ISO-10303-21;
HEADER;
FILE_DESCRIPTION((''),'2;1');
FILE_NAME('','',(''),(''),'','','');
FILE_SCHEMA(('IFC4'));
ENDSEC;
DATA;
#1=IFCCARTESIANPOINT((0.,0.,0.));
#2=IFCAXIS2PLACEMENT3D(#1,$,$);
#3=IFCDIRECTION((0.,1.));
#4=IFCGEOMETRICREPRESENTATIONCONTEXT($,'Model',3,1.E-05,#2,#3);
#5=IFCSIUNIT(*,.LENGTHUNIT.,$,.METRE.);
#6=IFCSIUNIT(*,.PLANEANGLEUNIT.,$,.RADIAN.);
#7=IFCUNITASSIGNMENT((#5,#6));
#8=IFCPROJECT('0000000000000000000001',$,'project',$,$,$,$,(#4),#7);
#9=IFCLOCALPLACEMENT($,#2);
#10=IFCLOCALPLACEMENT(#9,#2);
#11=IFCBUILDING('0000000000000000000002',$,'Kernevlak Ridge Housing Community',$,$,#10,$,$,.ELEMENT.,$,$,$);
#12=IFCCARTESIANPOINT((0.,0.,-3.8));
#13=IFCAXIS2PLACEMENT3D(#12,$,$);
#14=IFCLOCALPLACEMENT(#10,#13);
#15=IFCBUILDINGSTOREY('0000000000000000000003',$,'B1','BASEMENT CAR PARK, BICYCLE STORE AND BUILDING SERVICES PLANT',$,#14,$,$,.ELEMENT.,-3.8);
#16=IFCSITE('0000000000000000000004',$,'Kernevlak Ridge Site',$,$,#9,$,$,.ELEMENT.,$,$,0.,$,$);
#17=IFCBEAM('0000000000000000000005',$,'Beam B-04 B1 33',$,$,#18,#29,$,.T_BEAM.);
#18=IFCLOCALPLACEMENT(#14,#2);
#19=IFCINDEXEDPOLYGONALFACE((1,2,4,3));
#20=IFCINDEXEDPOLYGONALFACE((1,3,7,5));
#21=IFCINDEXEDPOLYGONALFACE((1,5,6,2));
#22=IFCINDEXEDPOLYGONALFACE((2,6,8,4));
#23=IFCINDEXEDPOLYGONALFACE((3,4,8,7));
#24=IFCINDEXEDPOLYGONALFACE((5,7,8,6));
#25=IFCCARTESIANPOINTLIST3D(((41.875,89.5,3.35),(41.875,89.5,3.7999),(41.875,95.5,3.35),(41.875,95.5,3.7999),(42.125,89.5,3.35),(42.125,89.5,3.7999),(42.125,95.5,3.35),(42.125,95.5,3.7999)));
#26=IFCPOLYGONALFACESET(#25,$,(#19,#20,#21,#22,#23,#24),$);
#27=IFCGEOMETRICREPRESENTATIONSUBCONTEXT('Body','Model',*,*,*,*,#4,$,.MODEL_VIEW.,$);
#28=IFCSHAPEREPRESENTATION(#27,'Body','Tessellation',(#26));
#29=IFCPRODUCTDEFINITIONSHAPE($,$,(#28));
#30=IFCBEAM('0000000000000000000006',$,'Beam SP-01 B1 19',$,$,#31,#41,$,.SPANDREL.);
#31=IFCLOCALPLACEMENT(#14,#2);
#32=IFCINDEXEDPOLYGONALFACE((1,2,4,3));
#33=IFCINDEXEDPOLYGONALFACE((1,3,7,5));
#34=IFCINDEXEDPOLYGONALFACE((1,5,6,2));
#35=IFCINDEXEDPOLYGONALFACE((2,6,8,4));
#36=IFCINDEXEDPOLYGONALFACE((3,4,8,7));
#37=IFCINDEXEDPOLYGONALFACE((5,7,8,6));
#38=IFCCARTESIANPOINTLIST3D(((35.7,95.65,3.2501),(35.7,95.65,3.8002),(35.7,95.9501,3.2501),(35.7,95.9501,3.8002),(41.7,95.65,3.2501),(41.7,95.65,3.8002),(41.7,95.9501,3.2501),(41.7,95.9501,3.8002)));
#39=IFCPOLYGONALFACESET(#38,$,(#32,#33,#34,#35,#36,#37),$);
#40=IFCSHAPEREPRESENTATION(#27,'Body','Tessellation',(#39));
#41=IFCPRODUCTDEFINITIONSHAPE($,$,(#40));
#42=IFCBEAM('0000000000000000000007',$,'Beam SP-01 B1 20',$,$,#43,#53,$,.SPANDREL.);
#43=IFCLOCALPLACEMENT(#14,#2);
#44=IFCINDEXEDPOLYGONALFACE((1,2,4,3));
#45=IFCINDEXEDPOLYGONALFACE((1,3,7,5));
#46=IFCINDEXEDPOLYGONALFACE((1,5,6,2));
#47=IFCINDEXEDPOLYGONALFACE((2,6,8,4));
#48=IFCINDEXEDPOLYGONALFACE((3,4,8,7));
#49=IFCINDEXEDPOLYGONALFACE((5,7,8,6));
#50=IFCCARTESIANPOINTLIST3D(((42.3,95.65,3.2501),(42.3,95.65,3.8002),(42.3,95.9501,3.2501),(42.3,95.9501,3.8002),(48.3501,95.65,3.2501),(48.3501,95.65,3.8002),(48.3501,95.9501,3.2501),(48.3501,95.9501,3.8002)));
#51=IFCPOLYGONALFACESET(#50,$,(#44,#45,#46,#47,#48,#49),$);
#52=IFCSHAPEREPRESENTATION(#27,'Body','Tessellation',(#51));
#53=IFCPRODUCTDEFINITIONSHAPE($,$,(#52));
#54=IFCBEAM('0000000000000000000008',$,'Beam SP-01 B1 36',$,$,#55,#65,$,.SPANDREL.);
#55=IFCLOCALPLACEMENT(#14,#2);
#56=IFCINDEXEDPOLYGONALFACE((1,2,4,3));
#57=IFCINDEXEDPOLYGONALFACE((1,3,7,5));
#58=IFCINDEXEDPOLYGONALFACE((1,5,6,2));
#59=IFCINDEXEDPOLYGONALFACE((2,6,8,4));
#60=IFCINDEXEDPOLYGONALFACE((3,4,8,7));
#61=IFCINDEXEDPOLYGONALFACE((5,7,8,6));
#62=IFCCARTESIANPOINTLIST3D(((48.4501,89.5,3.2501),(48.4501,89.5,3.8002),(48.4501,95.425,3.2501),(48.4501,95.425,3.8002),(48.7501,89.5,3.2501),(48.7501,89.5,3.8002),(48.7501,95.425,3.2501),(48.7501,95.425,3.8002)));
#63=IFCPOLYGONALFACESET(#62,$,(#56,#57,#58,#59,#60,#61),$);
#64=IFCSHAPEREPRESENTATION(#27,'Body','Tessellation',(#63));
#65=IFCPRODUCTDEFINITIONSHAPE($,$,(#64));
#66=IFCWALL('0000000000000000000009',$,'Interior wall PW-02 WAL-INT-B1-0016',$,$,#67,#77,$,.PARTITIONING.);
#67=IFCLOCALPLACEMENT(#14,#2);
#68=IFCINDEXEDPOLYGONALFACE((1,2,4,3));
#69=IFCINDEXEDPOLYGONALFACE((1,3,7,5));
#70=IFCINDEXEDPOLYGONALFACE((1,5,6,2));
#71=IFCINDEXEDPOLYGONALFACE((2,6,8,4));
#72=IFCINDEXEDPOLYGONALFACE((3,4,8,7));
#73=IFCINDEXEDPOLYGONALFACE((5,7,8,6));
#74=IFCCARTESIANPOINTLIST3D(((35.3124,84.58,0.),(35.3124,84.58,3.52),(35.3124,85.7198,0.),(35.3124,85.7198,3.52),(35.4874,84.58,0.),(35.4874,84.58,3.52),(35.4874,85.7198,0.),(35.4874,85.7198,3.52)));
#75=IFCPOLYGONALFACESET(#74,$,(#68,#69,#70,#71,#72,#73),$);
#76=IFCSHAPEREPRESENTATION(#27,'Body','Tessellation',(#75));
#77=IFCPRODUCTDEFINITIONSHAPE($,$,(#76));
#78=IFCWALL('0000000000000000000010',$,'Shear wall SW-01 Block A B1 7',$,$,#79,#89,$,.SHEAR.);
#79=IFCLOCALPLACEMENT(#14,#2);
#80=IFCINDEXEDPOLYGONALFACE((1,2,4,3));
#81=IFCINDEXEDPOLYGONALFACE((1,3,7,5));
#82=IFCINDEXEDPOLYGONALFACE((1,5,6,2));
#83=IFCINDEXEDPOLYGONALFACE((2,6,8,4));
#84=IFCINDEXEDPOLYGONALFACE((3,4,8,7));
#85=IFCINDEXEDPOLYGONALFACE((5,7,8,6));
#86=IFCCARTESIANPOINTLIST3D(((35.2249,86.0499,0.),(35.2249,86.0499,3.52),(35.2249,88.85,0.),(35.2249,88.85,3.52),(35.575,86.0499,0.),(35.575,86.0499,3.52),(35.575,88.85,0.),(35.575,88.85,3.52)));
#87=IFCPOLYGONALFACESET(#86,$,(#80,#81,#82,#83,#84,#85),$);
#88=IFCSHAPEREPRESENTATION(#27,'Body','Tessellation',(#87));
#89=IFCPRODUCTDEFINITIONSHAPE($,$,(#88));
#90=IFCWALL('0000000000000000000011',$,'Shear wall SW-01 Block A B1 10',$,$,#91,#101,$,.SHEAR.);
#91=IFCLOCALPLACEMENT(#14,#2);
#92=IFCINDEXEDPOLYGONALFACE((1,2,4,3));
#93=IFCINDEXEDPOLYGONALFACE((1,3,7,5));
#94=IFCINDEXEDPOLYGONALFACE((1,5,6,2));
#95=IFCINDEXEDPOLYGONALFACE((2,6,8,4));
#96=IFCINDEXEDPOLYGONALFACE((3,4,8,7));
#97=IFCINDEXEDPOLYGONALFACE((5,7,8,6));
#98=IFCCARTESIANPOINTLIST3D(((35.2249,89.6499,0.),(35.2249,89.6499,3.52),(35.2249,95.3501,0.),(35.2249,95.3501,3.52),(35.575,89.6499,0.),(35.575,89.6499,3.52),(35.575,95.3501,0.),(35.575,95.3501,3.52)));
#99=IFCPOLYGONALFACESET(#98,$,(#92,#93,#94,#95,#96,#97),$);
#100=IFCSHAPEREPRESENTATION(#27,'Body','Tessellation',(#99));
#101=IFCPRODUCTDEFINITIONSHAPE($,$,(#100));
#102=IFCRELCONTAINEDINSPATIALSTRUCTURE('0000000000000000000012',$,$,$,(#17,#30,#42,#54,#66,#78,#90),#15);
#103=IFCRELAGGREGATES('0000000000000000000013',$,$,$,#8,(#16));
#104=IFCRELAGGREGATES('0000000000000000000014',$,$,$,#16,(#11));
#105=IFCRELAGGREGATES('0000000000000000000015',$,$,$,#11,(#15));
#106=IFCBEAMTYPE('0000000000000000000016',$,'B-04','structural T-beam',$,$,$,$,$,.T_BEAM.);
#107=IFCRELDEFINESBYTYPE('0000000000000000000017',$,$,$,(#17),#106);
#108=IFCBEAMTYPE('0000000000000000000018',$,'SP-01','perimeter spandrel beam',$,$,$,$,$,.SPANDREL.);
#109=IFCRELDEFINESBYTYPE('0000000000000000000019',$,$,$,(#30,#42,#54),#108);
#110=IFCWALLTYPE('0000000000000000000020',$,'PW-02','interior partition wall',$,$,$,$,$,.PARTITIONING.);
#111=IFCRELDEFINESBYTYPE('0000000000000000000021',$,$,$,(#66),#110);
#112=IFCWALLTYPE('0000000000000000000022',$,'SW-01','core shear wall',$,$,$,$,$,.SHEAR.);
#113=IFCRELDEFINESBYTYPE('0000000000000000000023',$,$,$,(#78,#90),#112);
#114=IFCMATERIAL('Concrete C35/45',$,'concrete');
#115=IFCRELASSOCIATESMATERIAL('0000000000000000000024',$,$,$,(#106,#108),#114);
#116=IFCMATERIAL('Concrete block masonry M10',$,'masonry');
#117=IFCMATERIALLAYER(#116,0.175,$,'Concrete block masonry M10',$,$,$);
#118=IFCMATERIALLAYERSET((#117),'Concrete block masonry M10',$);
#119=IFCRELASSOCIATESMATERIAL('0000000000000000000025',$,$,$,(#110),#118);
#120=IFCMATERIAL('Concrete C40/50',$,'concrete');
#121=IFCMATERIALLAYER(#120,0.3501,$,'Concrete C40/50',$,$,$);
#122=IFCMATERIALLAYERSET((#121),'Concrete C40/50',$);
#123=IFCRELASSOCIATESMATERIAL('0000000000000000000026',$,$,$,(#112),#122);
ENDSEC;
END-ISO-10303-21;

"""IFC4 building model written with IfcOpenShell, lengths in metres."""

from ifc_helpers import new_model, si_unit, direction, frame, frame_2d, origin, origin_2d, place, context, subcontext, project, spatial, rectangle, extrude, material, layer, layer_set, material_profile, profile_set, type_object, element, save


model = new_model("IFC4")

# Units and contexts
model_context = context("Model", 3, precision=1e-05, world=origin(), true_north=direction((0.0, 1.0)))
body_context = subcontext(model_context, "Body", "Model", "MODEL_VIEW")
ifc_project = project(units=[si_unit("LENGTHUNIT", "METRE"), si_unit("PLANEANGLEUNIT", "RADIAN")], contexts=[model_context])

# Site, building, storey
site_placement = place(None, origin())
site = spatial("IfcSite", under=ifc_project, at=site_placement, Name="Kernevlak Ridge Site", CompositionType="ELEMENT", RefElevation=0.0)
building_placement = place(site_placement, origin())
building = spatial("IfcBuilding", under=site, at=building_placement, Name="Kernevlak Ridge Housing Community", CompositionType="ELEMENT")
storey_placement = place(building_placement, frame((0.0, 0.0, -3.8)))
storey = spatial("IfcBuildingStorey", under=building, at=storey_placement, Name="B1", Description="BASEMENT CAR PARK, BICYCLE STORE AND BUILDING SERVICES PLANT", CompositionType="ELEMENT", Elevation=-3.8)

# Shared definitions
ifc_material_1 = material(Name="Concrete C35/45", Category="concrete")

# Shared definitions
ifc_material_2 = material(Name="Concrete C40/50", Category="concrete")

# Beams
ifc_material_profile_1 = material_profile(ifc_material_1, rectangle(XDim=0.25, YDim=0.45, at=origin_2d()), Name="RC 250x450")
ifc_profile_set_1 = profile_set([ifc_material_profile_1], Name="Concrete C35/45")
beam_type_1 = type_object("IfcBeamType", Name="B-04", Description="structural T-beam", PredefinedType="T_BEAM", material=ifc_profile_set_1)
for number, where, z_axis, x_axis, name in (
    (1, (42.0, 89.5, 3.575), (0.0, 1.0, 0.0), (-1.0, 0.0, 0.0), "Beam B-04 B1 33"),
):
    element("IfcBeam", number, at=place(storey_placement, frame(where, z_axis=z_axis, x_axis=x_axis)), inside=storey, type_object=beam_type_1, Name=name, PredefinedType="T_BEAM", context=body_context, shape_type="SweptSolid", body=[
        extrude(rectangle(XDim=0.25, YDim=0.45, at=origin_2d()), origin(), (0.0, 0.0, 1.0), 6.0),
    ])
ifc_material_profile_2 = material_profile(ifc_material_1, rectangle(XDim=0.3, YDim=0.55, at=origin_2d()), Name="RC 300x550")
ifc_profile_set_2 = profile_set([ifc_material_profile_2], Name="Concrete C35/45")
beam_type_2 = type_object("IfcBeamType", Name="SP-01", Description="perimeter spandrel beam", PredefinedType="SPANDREL", material=ifc_profile_set_2)
beam_1_placement = place(storey_placement, frame((35.7, 95.8, 3.5251), z_axis=(1.0, 0.0, 0.0), x_axis=(0.0, 1.0, 0.0)))
element("IfcBeam", 2, at=beam_1_placement, inside=storey, type_object=beam_type_2, Name="Beam SP-01 B1 19", PredefinedType="SPANDREL", context=body_context, shape_type="SweptSolid", body=[
    extrude(rectangle(XDim=0.3, YDim=0.55, at=origin_2d()), origin(), (0.0, 0.0, 1.0), 6.0),
])
beam_2_placement = place(storey_placement, frame((42.3, 95.8, 3.5251), z_axis=(1.0, 0.0, 0.0), x_axis=(0.0, 1.0, 0.0)))
element("IfcBeam", 3, at=beam_2_placement, inside=storey, type_object=beam_type_2, Name="Beam SP-01 B1 20", PredefinedType="SPANDREL", context=body_context, shape_type="SweptSolid", body=[
    extrude(rectangle(XDim=0.3, YDim=0.55, at=origin_2d()), origin(), (0.0, 0.0, 1.0), 6.05),
])
beam_3_placement = place(storey_placement, frame((48.6001, 89.5, 3.5251), z_axis=(0.0, 1.0, 0.0), x_axis=(-1.0, 0.0, 0.0)))
element("IfcBeam", 4, at=beam_3_placement, inside=storey, type_object=beam_type_2, Name="Beam SP-01 B1 36", PredefinedType="SPANDREL", context=body_context, shape_type="SweptSolid", body=[
    extrude(rectangle(XDim=0.3, YDim=0.55, at=origin_2d()), origin(), (0.0, 0.0, 1.0), 5.925),
])

# Walls
ifc_material_3 = material(Name="Concrete block masonry M10", Category="masonry")
ifc_layer_1 = layer(ifc_material_3, 0.175, Name="Concrete block masonry M10")
ifc_layer_set_1 = layer_set([ifc_layer_1], Name="Concrete block masonry M10")
wall_type_1 = type_object("IfcWallType", Name="PW-02", Description="interior partition wall", PredefinedType="PARTITIONING", material=ifc_layer_set_1)
wall_1_placement = place(storey_placement, frame((35.3999, 84.5801, 0.0), z_axis=(0.0, 0.0, 1.0), x_axis=(0.0, 1.0, 0.0)))
element("IfcWall", 5, at=wall_1_placement, inside=storey, type_object=wall_type_1, Name="Interior wall PW-02 WAL-INT-B1-0016", PredefinedType="PARTITIONING", context=body_context, shape_type="SweptSolid", body=[
    extrude(rectangle(XDim=1.1399, YDim=0.175, at=frame_2d((0.5698, 0.0))), origin(), (0.0, 0.0, 1.0), 3.52),
])
ifc_layer_2 = layer(ifc_material_2, 0.3501, Name="Concrete C40/50")
ifc_layer_set_2 = layer_set([ifc_layer_2], Name="Concrete C40/50")
wall_type_2 = type_object("IfcWallType", Name="SW-01", Description="core shear wall", PredefinedType="SHEAR", material=ifc_layer_set_2)
wall_2_placement = place(storey_placement, frame((35.3999, 86.05, 0.0), z_axis=(0.0, 0.0, 1.0), x_axis=(0.0, 1.0, 0.0)))
element("IfcWall", 6, at=wall_2_placement, inside=storey, type_object=wall_type_2, Name="Shear wall SW-01 Block A B1 7", PredefinedType="SHEAR", context=body_context, shape_type="SweptSolid", body=[
    extrude(rectangle(XDim=2.8, YDim=0.3501, at=frame_2d((1.3999, 0.0))), origin(), (0.0, 0.0, 1.0), 3.52),
])
wall_3_placement = place(storey_placement, frame((35.3999, 89.6499, 0.0), z_axis=(0.0, 0.0, 1.0), x_axis=(0.0, 1.0, 0.0)))
element("IfcWall", 7, at=wall_3_placement, inside=storey, type_object=wall_type_2, Name="Shear wall SW-01 Block A B1 10", PredefinedType="SHEAR", context=body_context, shape_type="SweptSolid", body=[
    extrude(rectangle(XDim=5.7002, YDim=0.3501, at=frame_2d((2.8501, 0.0))), origin(), (0.0, 0.0, 1.0), 3.52),
])

save(model, "model.ifc")
